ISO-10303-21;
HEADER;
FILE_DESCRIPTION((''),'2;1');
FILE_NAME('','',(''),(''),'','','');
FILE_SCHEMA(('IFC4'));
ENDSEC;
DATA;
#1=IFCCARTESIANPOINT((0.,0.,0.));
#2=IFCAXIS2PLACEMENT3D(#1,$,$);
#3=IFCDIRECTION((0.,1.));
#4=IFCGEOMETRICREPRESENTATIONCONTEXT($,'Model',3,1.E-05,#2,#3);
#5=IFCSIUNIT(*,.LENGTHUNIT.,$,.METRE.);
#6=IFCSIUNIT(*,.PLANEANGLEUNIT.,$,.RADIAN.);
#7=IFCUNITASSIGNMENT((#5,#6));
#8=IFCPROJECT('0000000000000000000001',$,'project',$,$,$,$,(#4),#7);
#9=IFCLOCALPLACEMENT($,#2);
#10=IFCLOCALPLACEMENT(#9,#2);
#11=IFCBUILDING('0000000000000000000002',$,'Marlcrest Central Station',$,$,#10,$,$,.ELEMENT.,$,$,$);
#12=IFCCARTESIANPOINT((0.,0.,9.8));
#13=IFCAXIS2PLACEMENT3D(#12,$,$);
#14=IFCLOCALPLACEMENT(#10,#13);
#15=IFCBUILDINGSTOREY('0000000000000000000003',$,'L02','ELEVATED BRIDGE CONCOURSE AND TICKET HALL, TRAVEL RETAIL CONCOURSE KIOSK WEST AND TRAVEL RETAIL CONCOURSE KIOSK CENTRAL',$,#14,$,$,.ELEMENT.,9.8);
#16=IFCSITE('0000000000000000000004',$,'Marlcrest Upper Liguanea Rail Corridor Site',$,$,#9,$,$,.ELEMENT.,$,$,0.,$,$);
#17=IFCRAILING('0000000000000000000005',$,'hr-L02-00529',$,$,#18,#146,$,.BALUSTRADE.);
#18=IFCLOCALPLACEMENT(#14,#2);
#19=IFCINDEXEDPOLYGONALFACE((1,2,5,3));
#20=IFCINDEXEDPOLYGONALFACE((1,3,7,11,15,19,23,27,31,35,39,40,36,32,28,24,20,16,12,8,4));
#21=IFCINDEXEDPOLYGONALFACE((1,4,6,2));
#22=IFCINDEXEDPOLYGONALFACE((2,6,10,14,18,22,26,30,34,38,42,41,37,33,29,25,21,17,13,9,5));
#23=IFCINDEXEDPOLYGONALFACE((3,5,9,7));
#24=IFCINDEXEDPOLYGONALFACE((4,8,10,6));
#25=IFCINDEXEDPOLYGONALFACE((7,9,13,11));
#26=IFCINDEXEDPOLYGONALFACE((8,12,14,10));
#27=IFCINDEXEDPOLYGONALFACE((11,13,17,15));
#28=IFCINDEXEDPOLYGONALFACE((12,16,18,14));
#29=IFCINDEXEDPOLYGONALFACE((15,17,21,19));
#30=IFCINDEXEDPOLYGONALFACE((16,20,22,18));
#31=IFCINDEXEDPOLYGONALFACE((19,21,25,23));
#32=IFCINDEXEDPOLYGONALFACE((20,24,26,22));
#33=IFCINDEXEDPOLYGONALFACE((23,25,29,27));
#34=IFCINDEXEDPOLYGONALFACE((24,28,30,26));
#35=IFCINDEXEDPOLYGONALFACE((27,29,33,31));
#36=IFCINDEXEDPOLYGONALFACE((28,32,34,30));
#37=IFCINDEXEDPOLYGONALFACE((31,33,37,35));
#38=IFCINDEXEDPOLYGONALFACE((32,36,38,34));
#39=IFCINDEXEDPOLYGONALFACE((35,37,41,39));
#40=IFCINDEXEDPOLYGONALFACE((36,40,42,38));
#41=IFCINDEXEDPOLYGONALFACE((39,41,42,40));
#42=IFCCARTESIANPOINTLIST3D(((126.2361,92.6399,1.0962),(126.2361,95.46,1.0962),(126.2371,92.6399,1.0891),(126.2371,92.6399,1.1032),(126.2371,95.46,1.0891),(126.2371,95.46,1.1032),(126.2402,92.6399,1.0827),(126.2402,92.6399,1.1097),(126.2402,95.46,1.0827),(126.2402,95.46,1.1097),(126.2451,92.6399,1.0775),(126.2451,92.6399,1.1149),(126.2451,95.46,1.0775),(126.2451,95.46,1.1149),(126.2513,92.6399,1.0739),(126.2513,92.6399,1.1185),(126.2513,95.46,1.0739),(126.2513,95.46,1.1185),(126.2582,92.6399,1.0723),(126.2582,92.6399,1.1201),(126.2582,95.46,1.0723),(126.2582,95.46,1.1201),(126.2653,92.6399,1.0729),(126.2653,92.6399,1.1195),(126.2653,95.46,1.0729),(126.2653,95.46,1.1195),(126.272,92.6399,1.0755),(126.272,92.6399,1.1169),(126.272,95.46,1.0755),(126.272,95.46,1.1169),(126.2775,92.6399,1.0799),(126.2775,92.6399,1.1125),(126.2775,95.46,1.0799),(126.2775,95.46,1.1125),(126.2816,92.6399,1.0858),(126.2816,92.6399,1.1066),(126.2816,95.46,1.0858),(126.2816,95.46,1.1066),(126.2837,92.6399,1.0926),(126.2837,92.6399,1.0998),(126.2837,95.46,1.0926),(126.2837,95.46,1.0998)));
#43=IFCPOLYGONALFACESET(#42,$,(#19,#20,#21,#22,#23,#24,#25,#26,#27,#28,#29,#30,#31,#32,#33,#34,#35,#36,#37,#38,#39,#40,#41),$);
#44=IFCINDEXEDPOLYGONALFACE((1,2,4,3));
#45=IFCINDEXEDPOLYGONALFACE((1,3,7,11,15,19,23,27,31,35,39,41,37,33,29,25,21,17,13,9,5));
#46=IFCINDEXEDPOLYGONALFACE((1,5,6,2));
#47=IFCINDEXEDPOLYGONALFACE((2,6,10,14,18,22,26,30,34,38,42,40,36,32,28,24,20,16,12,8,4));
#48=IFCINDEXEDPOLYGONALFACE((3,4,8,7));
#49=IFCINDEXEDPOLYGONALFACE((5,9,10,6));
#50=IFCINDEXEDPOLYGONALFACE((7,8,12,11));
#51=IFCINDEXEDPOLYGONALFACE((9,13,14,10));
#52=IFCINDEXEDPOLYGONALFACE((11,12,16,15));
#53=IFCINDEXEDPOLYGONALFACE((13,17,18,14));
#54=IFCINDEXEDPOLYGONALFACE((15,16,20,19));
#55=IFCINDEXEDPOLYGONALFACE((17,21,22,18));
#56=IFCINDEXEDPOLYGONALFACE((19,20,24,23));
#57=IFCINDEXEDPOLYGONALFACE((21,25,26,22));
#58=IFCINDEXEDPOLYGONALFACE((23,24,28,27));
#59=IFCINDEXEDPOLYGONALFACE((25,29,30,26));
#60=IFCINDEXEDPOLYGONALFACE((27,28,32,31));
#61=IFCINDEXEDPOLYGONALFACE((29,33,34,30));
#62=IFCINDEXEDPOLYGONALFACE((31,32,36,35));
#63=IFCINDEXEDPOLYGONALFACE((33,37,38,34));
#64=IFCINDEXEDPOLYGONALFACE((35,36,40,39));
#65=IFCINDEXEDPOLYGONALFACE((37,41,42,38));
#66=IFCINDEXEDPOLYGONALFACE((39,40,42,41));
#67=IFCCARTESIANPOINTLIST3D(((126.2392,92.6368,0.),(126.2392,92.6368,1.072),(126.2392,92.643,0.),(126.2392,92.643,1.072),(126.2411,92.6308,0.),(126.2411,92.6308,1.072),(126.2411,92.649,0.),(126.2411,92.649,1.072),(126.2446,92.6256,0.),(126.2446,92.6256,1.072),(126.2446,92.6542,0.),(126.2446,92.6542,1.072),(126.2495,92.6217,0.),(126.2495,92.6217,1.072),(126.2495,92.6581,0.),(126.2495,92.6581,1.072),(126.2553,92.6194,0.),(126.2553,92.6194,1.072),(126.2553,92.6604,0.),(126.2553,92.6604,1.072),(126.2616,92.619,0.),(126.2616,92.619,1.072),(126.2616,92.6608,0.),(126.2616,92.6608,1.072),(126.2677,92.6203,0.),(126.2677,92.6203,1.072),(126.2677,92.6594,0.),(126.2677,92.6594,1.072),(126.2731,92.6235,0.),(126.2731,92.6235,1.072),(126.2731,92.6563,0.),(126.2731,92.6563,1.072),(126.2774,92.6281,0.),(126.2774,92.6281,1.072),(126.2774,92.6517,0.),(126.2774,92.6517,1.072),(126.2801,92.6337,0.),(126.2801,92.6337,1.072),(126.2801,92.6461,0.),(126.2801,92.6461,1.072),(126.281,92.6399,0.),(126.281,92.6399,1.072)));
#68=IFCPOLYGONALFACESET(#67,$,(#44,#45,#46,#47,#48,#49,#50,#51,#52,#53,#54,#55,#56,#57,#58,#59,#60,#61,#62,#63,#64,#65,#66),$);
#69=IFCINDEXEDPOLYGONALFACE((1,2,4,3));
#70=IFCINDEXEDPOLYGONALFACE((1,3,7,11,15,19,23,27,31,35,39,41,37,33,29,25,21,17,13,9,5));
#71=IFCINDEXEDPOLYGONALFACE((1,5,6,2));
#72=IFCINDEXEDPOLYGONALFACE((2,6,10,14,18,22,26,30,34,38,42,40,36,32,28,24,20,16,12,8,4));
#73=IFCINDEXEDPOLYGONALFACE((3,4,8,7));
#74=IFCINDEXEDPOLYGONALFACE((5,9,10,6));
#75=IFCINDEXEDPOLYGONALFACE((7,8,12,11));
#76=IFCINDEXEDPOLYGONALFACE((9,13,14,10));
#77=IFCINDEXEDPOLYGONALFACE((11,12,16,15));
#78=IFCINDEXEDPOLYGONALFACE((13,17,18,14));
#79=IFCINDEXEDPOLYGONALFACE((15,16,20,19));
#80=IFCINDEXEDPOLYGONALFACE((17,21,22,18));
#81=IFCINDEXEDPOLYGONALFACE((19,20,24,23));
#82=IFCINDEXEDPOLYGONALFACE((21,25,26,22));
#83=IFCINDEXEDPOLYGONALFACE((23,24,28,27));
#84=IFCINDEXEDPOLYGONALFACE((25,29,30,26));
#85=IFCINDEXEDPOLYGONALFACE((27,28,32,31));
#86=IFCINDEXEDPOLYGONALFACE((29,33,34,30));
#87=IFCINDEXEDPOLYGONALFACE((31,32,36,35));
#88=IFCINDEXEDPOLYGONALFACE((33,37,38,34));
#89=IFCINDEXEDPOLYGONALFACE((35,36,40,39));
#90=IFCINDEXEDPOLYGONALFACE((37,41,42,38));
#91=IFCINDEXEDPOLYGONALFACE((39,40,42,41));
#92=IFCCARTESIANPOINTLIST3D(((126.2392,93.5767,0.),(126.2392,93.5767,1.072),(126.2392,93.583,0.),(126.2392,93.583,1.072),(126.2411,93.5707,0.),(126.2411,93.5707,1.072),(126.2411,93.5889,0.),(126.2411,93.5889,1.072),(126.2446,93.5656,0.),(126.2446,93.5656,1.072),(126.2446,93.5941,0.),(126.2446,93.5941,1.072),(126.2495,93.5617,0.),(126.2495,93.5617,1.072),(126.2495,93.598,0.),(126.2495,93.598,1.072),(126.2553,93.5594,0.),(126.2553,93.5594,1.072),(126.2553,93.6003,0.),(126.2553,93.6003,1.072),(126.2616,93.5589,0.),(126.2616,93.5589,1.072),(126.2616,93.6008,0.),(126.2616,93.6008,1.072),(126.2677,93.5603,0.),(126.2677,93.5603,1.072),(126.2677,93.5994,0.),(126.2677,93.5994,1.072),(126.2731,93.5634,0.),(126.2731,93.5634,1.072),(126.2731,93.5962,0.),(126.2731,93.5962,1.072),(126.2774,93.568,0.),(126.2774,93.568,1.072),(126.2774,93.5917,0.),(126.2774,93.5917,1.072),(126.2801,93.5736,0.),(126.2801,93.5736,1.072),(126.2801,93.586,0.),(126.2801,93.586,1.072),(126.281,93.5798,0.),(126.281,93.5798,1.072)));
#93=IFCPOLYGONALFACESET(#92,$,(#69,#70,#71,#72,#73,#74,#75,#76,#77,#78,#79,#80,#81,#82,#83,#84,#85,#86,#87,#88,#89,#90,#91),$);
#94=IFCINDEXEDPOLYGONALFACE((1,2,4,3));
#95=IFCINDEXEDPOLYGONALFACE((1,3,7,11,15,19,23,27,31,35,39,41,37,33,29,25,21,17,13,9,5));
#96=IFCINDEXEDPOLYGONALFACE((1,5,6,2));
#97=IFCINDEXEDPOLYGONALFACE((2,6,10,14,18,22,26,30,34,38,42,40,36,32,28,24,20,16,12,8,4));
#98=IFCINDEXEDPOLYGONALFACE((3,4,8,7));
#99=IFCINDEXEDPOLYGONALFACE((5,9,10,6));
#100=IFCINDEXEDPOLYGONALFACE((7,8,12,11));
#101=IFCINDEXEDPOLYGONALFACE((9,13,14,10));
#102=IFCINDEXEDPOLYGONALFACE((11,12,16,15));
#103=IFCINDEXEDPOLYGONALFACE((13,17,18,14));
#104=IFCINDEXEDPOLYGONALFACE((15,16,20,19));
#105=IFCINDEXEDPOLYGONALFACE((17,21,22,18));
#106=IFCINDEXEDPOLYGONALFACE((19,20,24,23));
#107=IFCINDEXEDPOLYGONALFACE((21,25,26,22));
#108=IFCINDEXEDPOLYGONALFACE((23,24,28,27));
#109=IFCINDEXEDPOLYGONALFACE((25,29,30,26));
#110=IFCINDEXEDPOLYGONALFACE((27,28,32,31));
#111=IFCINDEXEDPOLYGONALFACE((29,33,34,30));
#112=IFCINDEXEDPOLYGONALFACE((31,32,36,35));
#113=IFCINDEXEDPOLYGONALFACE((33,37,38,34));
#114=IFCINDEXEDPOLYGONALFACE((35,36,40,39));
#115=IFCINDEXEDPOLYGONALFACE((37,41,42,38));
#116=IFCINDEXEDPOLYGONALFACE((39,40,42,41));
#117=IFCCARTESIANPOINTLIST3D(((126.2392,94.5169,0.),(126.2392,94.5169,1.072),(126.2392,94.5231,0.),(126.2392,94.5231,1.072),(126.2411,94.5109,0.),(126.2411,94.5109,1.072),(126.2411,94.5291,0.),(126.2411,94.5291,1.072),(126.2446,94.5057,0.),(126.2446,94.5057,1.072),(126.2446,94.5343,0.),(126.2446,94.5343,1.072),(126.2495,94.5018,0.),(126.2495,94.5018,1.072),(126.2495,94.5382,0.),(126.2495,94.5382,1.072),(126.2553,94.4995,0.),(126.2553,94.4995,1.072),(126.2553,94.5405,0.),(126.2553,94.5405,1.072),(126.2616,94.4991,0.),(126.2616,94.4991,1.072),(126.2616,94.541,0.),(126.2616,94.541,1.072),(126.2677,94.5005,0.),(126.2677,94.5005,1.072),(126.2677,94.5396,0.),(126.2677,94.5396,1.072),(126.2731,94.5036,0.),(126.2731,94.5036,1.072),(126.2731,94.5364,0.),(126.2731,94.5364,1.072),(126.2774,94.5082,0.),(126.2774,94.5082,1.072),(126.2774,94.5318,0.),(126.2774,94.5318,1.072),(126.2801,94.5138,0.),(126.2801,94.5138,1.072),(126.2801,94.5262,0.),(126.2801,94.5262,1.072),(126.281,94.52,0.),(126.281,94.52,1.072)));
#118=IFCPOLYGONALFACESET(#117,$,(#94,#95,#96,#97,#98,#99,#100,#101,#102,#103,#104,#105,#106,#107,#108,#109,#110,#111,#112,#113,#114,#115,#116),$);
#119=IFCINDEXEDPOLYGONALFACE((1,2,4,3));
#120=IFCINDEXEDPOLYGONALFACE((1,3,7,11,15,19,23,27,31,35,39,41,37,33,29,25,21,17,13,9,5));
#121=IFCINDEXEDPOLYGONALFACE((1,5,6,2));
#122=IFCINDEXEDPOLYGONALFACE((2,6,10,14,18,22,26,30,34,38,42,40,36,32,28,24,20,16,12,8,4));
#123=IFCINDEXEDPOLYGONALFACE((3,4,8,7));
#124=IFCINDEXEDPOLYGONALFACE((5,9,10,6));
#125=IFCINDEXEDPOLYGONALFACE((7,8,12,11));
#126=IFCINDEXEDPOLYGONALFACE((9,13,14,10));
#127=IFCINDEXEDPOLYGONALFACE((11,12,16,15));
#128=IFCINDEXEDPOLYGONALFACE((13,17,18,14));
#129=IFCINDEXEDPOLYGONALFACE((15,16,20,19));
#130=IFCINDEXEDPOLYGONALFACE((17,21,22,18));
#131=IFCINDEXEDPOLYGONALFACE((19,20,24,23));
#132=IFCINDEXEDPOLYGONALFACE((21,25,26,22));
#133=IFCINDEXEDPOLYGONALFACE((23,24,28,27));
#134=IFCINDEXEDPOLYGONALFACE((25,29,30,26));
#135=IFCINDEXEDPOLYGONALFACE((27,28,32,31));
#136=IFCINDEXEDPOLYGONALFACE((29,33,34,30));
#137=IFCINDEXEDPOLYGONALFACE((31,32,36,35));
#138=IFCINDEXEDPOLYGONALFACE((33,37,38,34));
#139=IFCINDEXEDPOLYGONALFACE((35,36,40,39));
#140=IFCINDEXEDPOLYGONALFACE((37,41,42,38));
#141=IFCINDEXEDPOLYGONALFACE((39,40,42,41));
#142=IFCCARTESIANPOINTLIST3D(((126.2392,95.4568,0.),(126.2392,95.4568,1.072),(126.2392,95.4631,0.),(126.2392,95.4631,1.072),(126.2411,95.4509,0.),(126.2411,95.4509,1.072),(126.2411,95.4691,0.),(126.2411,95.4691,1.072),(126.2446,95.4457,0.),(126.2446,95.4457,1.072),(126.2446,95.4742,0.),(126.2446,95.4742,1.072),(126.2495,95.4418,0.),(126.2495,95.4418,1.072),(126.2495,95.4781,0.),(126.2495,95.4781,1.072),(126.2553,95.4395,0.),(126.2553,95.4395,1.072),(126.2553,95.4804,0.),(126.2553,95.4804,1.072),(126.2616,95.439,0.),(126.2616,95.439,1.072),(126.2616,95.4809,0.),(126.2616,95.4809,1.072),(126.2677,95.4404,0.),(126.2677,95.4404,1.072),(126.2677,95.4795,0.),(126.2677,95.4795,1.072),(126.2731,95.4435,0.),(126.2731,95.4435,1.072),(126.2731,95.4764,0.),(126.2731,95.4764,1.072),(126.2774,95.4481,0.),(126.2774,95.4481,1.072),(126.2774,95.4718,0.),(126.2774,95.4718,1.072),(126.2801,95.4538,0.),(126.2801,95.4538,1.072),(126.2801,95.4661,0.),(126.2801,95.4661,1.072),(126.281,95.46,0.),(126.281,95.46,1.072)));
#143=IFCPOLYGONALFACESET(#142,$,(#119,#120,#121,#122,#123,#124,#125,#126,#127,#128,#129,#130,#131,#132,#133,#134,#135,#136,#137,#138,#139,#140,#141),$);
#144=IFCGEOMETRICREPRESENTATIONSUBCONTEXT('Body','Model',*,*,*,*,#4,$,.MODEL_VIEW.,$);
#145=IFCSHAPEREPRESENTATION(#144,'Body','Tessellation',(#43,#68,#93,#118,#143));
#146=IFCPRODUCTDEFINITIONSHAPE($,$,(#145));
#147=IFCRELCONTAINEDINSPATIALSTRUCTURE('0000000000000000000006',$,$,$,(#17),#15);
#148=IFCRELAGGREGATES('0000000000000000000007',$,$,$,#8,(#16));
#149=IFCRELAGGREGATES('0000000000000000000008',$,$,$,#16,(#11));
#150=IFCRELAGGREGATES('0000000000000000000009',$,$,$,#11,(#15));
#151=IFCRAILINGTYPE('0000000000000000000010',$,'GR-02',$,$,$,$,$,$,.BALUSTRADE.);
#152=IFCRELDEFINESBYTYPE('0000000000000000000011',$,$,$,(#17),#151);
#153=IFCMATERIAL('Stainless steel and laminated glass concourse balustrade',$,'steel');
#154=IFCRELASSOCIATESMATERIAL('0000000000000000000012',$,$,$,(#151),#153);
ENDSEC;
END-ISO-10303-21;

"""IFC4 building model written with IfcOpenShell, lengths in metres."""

from ifc_helpers import new_model, si_unit, direction, frame, origin, origin_2d, place, context, subcontext, project, spatial, circle, extrude, material, type_object, element, save


model = new_model("IFC4")

# Units and contexts
model_context = context("Model", 3, precision=1e-05, world=origin(), true_north=direction((0.0, 1.0)))
body_context = subcontext(model_context, "Body", "Model", "MODEL_VIEW")
ifc_project = project(units=[si_unit("LENGTHUNIT", "METRE"), si_unit("PLANEANGLEUNIT", "RADIAN")], contexts=[model_context])

# Site, building, storey
site_placement = place(None, origin())
site = spatial("IfcSite", under=ifc_project, at=site_placement, Name="Marlcrest Upper Liguanea Rail Corridor Site", CompositionType="ELEMENT", RefElevation=0.0)
building_placement = place(site_placement, origin())
building = spatial("IfcBuilding", under=site, at=building_placement, Name="Marlcrest Central Station", CompositionType="ELEMENT")
storey_placement = place(building_placement, frame((0.0, 0.0, 9.8)))
storey = spatial("IfcBuildingStorey", under=building, at=storey_placement, Name="L02", Description="ELEVATED BRIDGE CONCOURSE AND TICKET HALL, TRAVEL RETAIL CONCOURSE KIOSK WEST AND TRAVEL RETAIL CONCOURSE KIOSK CENTRAL", CompositionType="ELEMENT", Elevation=9.8)

# Railing
ifc_material_1 = material(Name="Stainless steel and laminated glass concourse balustrade", Category="steel")
railing_type = type_object("IfcRailingType", Name="GR-02", PredefinedType="BALUSTRADE", material=ifc_material_1)
railing_1_placement = place(storey_placement, frame((126.26, 92.6399, 0.0)))
element("IfcRailing", 1, at=railing_1_placement, inside=storey, type_object=railing_type, Name="hr-L02-00529", PredefinedType="BALUSTRADE", context=body_context, shape_type="SweptSolid", body=[
    extrude(circle(Radius=0.0239, at=origin_2d()), frame((0.0, 0.0, 1.0962), z_axis=(0.0, 1.0, 0.0), x_axis=(-1.0, 0.0, 0.0)), (0.0, 0.0, 1.0), 2.8201),
    extrude(circle(Radius=0.021, at=origin_2d()), origin(), (0.0, 0.0, 1.0), 1.072),
    extrude(circle(Radius=0.021, at=origin_2d()), frame((0.0, 0.9399, 0.0)), (0.0, 0.0, 1.0), 1.072),
    extrude(circle(Radius=0.021, at=origin_2d()), frame((0.0, 1.8801, 0.0)), (0.0, 0.0, 1.0), 1.072),
    extrude(circle(Radius=0.021, at=origin_2d()), frame((0.0, 2.8201, 0.0)), (0.0, 0.0, 1.0), 1.072),
])

save(model, "model.ifc")
